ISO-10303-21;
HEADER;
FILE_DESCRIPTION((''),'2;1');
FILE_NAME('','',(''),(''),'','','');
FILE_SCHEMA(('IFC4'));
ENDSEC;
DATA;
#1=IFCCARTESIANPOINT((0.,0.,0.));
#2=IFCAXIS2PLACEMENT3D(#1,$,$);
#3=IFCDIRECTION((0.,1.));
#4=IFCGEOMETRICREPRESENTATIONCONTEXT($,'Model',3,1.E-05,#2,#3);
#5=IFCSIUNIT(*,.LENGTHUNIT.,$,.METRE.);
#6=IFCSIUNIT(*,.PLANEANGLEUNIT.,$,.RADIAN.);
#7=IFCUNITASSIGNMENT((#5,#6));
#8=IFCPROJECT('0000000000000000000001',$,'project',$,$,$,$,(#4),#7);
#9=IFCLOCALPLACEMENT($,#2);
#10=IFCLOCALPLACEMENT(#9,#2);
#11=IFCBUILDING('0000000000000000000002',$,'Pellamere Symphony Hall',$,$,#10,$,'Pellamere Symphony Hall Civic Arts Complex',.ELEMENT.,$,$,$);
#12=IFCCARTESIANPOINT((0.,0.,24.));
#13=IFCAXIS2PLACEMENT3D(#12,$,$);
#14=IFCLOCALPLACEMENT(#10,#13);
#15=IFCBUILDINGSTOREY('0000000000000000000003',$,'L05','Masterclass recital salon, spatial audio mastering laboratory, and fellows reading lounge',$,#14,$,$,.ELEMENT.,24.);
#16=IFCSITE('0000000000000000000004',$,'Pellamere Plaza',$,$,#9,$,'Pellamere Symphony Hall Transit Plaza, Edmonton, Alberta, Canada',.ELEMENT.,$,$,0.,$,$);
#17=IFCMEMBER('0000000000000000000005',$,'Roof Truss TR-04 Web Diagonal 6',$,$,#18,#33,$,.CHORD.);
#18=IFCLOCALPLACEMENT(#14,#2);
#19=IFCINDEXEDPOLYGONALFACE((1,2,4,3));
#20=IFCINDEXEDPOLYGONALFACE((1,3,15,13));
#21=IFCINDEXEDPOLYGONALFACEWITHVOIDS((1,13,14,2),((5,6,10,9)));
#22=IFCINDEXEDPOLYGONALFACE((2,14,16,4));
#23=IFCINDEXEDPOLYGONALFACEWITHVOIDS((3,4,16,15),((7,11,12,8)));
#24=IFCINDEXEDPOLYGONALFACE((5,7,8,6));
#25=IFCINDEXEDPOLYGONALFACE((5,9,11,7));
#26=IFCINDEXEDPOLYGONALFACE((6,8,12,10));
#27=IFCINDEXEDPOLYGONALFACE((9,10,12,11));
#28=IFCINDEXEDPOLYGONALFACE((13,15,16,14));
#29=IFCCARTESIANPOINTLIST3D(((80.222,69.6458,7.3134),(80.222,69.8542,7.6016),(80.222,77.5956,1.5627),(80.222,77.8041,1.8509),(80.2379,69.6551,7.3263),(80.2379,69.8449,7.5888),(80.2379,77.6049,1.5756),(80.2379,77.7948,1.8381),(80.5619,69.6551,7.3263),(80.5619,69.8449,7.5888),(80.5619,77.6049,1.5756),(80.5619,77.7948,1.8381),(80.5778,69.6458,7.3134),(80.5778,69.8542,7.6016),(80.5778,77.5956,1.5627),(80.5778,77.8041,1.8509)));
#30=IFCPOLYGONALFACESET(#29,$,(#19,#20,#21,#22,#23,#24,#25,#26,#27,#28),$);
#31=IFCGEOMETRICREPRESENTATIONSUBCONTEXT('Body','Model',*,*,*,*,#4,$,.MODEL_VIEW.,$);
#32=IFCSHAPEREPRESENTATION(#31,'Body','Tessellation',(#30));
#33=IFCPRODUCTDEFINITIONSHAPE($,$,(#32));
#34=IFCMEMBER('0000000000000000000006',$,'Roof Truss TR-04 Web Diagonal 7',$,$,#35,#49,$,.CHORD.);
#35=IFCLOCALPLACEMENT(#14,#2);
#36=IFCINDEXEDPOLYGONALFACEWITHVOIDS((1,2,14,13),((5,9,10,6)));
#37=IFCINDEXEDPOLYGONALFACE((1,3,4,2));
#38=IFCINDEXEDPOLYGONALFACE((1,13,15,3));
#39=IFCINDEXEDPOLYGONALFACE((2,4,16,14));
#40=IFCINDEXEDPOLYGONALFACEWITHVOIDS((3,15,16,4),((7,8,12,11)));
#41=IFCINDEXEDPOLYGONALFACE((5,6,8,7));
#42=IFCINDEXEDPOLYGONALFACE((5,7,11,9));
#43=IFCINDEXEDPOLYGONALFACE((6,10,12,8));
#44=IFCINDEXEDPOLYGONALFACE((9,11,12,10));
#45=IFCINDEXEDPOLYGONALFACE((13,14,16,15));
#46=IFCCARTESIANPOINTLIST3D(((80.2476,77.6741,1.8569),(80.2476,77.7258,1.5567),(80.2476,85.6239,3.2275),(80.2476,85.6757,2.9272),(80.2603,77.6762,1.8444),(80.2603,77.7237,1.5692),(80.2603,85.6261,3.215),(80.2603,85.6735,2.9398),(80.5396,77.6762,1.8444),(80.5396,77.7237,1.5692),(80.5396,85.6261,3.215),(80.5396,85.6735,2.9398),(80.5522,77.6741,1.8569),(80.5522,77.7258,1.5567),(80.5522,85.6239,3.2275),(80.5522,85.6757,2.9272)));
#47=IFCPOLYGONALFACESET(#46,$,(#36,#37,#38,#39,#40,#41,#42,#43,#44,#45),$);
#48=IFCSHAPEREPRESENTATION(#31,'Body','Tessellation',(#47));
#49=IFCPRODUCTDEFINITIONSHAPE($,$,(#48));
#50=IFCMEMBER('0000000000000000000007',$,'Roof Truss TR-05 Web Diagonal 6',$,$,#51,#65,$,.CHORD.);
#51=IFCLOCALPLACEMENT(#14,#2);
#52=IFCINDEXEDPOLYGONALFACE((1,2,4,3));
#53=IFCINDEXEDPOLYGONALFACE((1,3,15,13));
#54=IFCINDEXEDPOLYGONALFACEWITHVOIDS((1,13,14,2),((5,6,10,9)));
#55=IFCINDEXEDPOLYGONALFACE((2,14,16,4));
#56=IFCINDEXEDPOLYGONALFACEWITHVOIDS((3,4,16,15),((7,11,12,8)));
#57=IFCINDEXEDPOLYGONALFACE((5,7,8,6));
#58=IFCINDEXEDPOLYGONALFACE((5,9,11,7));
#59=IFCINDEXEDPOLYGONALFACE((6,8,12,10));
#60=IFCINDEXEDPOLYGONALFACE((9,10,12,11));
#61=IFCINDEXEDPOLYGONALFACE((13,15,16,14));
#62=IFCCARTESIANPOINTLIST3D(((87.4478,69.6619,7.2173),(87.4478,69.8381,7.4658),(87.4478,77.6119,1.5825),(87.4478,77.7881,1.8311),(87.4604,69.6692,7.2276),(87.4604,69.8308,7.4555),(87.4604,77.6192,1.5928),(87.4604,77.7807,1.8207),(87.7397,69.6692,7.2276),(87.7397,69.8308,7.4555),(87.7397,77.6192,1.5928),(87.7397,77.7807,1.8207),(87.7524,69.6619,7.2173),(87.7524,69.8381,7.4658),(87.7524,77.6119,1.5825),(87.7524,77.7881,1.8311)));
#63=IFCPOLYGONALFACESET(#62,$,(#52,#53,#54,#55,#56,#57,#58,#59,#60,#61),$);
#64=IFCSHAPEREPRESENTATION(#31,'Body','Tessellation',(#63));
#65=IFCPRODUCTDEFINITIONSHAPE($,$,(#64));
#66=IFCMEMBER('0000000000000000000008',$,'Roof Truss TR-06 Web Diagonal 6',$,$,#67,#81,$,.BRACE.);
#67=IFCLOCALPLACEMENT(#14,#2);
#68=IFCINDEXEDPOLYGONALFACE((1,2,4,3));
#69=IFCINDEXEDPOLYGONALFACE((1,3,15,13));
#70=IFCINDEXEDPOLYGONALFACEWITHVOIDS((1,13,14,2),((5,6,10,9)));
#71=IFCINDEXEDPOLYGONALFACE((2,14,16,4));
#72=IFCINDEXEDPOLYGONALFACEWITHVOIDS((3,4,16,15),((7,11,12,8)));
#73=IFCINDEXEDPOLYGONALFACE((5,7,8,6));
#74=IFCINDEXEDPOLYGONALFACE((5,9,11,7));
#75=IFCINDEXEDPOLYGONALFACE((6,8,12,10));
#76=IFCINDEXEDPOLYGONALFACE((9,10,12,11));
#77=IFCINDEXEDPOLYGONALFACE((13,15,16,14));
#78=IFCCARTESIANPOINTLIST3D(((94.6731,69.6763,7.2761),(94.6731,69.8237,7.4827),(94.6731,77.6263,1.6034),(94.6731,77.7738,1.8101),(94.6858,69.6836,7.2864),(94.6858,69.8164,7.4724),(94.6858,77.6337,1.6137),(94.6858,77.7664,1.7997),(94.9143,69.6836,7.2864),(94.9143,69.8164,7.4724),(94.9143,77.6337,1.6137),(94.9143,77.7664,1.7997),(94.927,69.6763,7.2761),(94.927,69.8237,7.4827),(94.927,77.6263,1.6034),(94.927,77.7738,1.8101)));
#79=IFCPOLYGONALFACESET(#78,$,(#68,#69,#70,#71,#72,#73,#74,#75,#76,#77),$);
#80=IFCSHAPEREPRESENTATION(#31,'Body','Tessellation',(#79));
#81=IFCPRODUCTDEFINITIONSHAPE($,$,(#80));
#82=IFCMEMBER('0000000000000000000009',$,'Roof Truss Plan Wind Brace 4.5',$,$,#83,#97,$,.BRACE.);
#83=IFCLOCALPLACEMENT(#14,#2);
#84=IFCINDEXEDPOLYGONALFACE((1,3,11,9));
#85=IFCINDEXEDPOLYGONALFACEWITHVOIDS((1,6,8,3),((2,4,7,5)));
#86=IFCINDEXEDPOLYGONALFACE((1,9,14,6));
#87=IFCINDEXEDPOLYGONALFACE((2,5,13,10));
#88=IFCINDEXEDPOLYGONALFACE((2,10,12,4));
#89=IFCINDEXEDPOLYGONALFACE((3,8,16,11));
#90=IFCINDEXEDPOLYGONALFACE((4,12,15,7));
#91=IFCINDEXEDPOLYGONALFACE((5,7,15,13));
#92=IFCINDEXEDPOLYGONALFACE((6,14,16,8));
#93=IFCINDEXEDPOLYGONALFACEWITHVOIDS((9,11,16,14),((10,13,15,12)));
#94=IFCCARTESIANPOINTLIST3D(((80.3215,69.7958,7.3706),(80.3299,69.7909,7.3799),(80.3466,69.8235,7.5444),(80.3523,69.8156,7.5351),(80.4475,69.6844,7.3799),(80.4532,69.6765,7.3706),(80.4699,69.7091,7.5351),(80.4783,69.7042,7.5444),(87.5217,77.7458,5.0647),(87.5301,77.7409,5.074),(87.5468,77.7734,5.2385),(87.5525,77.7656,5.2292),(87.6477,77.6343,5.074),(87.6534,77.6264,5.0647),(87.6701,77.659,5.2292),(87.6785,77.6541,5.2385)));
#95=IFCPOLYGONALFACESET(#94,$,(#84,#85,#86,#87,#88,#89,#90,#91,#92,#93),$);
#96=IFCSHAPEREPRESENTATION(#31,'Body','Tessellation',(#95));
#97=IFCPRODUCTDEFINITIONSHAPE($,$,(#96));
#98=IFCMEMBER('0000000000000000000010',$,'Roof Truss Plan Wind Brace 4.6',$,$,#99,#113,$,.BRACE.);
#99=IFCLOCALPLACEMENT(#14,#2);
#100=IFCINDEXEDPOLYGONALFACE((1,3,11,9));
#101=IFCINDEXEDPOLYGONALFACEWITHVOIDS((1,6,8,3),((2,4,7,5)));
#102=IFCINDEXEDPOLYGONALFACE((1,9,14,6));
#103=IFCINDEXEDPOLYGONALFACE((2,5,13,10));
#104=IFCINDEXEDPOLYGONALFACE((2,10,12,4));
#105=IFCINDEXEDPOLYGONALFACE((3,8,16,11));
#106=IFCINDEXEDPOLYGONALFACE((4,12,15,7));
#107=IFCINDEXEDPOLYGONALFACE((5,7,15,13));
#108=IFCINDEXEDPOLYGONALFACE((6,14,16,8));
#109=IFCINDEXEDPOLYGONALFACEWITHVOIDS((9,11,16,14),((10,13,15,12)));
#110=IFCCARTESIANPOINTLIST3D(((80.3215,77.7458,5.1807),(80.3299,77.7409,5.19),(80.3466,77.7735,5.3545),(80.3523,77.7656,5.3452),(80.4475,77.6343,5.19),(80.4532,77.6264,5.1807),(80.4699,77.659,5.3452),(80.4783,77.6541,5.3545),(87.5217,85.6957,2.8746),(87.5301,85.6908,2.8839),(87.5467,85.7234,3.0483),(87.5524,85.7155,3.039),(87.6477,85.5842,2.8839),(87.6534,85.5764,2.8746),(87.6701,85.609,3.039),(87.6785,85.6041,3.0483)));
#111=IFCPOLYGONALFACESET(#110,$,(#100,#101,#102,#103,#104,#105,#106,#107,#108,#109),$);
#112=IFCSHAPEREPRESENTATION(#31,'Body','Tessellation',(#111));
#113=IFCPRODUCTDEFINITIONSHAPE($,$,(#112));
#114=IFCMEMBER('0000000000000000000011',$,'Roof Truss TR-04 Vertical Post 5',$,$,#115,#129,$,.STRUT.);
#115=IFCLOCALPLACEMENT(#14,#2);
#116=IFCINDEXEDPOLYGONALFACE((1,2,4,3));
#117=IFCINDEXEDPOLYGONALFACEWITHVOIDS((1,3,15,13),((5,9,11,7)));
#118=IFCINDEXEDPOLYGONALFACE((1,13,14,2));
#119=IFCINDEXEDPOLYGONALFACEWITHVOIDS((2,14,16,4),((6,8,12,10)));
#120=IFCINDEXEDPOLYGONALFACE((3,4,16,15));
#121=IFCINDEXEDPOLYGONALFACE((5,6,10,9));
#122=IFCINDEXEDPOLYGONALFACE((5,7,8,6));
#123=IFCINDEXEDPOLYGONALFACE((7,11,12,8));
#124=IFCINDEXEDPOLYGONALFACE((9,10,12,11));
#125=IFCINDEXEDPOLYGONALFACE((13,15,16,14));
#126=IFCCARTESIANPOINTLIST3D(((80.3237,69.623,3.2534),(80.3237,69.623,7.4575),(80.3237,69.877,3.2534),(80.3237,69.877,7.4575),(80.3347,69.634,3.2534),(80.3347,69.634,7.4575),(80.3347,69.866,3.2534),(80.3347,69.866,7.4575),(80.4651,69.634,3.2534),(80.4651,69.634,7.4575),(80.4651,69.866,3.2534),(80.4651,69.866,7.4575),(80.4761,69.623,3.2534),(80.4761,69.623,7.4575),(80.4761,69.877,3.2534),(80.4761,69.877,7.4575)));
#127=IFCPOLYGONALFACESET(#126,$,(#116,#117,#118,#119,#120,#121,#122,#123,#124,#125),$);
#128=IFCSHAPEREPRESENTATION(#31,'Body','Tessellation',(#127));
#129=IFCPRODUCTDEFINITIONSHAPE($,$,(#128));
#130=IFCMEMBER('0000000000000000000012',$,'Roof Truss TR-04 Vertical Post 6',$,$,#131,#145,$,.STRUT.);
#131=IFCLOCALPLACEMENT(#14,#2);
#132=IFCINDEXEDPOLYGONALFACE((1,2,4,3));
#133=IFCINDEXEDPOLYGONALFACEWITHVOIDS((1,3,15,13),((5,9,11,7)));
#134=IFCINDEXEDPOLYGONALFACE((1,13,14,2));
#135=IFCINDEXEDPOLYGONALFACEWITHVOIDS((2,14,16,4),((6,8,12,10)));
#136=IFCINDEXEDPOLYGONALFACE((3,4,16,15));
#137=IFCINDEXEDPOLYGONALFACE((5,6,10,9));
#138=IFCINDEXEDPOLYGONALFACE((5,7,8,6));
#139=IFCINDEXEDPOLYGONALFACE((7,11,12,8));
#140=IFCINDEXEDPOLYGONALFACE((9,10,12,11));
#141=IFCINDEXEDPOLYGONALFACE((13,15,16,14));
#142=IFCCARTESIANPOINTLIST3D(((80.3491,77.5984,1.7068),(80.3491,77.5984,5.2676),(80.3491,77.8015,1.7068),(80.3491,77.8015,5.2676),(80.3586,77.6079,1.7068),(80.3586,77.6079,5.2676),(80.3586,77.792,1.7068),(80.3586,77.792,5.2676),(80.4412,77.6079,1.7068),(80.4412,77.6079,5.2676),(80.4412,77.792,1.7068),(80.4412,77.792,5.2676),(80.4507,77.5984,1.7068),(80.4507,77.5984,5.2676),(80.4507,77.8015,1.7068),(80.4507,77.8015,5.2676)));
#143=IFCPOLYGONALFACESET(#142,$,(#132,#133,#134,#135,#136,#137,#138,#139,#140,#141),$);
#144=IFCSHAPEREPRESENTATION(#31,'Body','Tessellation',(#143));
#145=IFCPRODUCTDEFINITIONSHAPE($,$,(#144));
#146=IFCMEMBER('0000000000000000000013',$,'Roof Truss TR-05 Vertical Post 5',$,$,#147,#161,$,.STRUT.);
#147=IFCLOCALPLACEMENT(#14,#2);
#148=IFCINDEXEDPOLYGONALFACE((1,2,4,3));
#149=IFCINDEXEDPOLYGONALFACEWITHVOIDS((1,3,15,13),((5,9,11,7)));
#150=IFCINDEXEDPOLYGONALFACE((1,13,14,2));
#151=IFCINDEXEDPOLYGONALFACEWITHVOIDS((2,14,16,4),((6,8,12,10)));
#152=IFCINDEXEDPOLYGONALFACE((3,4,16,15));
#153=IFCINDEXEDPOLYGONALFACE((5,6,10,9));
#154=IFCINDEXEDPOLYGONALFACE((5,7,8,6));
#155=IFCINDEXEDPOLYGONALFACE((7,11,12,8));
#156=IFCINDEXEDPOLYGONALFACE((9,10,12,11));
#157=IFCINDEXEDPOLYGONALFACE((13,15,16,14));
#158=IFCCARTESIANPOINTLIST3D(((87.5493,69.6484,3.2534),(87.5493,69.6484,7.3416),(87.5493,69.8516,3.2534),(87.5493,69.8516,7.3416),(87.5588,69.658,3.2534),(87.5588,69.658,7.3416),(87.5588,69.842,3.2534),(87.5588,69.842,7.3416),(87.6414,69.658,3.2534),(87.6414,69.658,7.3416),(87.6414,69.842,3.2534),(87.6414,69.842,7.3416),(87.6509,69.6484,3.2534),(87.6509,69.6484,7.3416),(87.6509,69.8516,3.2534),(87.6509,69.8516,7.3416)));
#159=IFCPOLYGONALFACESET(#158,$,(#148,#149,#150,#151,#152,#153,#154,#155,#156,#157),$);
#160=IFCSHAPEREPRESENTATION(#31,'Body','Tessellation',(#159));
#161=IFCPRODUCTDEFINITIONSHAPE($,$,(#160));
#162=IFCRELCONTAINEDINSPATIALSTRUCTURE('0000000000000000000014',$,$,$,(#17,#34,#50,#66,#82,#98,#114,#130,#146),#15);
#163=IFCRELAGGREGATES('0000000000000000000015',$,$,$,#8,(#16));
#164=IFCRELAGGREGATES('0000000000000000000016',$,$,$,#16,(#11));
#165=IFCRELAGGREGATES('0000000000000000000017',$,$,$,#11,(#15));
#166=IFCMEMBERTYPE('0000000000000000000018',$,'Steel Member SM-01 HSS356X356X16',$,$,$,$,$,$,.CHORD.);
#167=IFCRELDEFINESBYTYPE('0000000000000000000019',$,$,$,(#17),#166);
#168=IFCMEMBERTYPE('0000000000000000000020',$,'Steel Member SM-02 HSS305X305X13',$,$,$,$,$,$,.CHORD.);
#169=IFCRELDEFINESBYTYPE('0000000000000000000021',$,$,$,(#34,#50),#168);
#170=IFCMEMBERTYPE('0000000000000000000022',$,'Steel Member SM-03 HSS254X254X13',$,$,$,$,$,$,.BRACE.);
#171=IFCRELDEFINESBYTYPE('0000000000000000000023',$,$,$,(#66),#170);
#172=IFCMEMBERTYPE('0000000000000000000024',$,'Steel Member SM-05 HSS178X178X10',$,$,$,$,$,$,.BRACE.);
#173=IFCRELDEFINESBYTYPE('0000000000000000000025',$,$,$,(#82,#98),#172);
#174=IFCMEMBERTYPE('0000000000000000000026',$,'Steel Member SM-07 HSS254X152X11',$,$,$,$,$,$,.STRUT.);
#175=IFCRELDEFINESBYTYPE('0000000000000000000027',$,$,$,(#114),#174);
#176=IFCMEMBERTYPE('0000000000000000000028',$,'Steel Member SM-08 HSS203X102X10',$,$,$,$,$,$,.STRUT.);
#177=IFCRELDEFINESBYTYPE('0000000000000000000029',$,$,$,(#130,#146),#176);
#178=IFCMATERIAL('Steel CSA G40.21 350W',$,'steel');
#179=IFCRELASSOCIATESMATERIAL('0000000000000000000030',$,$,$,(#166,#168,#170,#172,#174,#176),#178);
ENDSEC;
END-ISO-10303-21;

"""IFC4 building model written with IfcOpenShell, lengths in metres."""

from ifc_helpers import new_model, si_unit, direction, frame, origin, origin_2d, place, context, subcontext, project, spatial, hollow_rectangle, extrude, material, material_profile, profile_set, type_object, element, save


model = new_model("IFC4")

# Units and contexts
model_context = context("Model", 3, precision=1e-05, world=origin(), true_north=direction((0.0, 1.0)))
body_context = subcontext(model_context, "Body", "Model", "MODEL_VIEW")
ifc_project = project(units=[si_unit("LENGTHUNIT", "METRE"), si_unit("PLANEANGLEUNIT", "RADIAN")], contexts=[model_context])

# Site, building, storey
site_placement = place(None, origin())
site = spatial("IfcSite", under=ifc_project, at=site_placement, Name="Pellamere Plaza", LongName="Pellamere Symphony Hall Transit Plaza, Edmonton, Alberta, Canada", CompositionType="ELEMENT", RefElevation=0.0)
building_placement = place(site_placement, origin())
building = spatial("IfcBuilding", under=site, at=building_placement, Name="Pellamere Symphony Hall", LongName="Pellamere Symphony Hall Civic Arts Complex", CompositionType="ELEMENT")
storey_placement = place(building_placement, frame((0.0, 0.0, 24.0)))
storey = spatial("IfcBuildingStorey", under=building, at=storey_placement, Name="L05", Description="Masterclass recital salon, spatial audio mastering laboratory, and fellows reading lounge", CompositionType="ELEMENT", Elevation=24.0)

# Shared definitions
ifc_material_1 = material(Name="Steel CSA G40.21 350W", Category="steel")

# Members
ifc_material_profile_1 = material_profile(ifc_material_1, hollow_rectangle(XDim=0.3557, YDim=0.3557, WallThickness=0.0159, at=origin_2d()), Name="HSS356X356X16")
ifc_profile_set_1 = profile_set([ifc_material_profile_1], Name="Steel CSA G40.21 350W")
member_type_1 = type_object("IfcMemberType", Name="Steel Member SM-01 HSS356X356X16", PredefinedType="CHORD", material=ifc_profile_set_1)
member_1_placement = place(storey_placement, frame((80.3999, 69.75, 7.4575), z_axis=(0.0, 0.810239, -0.5861), x_axis=(-1.0, 0.0, 0.0)))
element("IfcMember", 1, at=member_1_placement, inside=storey, type_object=member_type_1, Name="Roof Truss TR-04 Web Diagonal 6", PredefinedType="CHORD", context=body_context, shape_type="SweptSolid", body=[
    extrude(hollow_rectangle(XDim=0.3557, YDim=0.3557, WallThickness=0.0159, at=origin_2d()), origin(), (0.0, 0.0, 1.0), 9.8118),
])
ifc_material_profile_2 = material_profile(ifc_material_1, hollow_rectangle(XDim=0.3047, YDim=0.3047, WallThickness=0.0127, at=origin_2d()), Name="HSS305X305X13")
ifc_profile_set_2 = profile_set([ifc_material_profile_2], Name="Steel CSA G40.21 350W")
member_type_2 = type_object("IfcMemberType", Name="Steel Member SM-02 HSS305X305X13", PredefinedType="CHORD", material=ifc_profile_set_2)
member_2_placement = place(storey_placement, frame((80.3999, 77.7, 1.7068), z_axis=(0.0, 0.985462, 0.169898), x_axis=(-1.0, 0.0, 0.0)))
element("IfcMember", 2, at=member_2_placement, inside=storey, type_object=member_type_2, Name="Roof Truss TR-04 Web Diagonal 7", PredefinedType="CHORD", context=body_context, shape_type="SweptSolid", body=[
    extrude(hollow_rectangle(XDim=0.3047, YDim=0.3047, WallThickness=0.0127, at=origin_2d()), origin(), (0.0, 0.0, 1.0), 8.0671),
])
member_3_placement = place(storey_placement, frame((87.6001, 69.75, 7.3416), z_axis=(0.0, 0.815853, -0.57826), x_axis=(-1.0, 0.0, 0.0)))
element("IfcMember", 3, at=member_3_placement, inside=storey, type_object=member_type_2, Name="Roof Truss TR-05 Web Diagonal 6", PredefinedType="CHORD", context=body_context, shape_type="SweptSolid", body=[
    extrude(hollow_rectangle(XDim=0.3047, YDim=0.3047, WallThickness=0.0127, at=origin_2d()), origin(), (0.0, 0.0, 1.0), 9.7444),
])
ifc_material_profile_3 = material_profile(ifc_material_1, hollow_rectangle(XDim=0.2539, YDim=0.2539, WallThickness=0.0127, at=origin_2d()), Name="HSS254X254X13")
ifc_profile_set_3 = profile_set([ifc_material_profile_3], Name="Steel CSA G40.21 350W")
member_type_3 = type_object("IfcMemberType", Name="Steel Member SM-03 HSS254X254X13", PredefinedType="BRACE", material=ifc_profile_set_3)
member_4_placement = place(storey_placement, frame((94.8, 69.75, 7.3794), z_axis=(0.0, 0.814021, -0.580836), x_axis=(-1.0, 0.0, 0.0)))
element("IfcMember", 4, at=member_4_placement, inside=storey, type_object=member_type_3, Name="Roof Truss TR-06 Web Diagonal 6", PredefinedType="BRACE", context=body_context, shape_type="SweptSolid", body=[
    extrude(hollow_rectangle(XDim=0.2539, YDim=0.2539, WallThickness=0.0127, at=origin_2d()), origin(), (0.0, 0.0, 1.0), 9.7664),
])
ifc_material_profile_4 = material_profile(ifc_material_1, hollow_rectangle(XDim=0.1777, YDim=0.1777, WallThickness=0.0095, at=origin_2d()), Name="HSS178X178X10")
ifc_profile_set_4 = profile_set([ifc_material_profile_4], Name="Steel CSA G40.21 350W")
member_type_4 = type_object("IfcMemberType", Name="Steel Member SM-05 HSS178X178X10", PredefinedType="BRACE", material=ifc_profile_set_4)
for number, where, z_axis, x_axis, name in (
    (5, (80.3999, 69.75, 7.4575), (0.656296, 0.724637, -0.210183), (-0.741193, 0.671292, 0.0), "Roof Truss Plan Wind Brace 4.5"),
    (6, (80.3999, 77.7, 5.2676), (0.656293, 0.724633, -0.210204), (-0.741193, 0.671292, 0.0), "Roof Truss Plan Wind Brace 4.6"),
):
    element("IfcMember", number, at=place(storey_placement, frame(where, z_axis=z_axis, x_axis=x_axis)), inside=storey, type_object=member_type_4, Name=name, PredefinedType="BRACE", context=body_context, shape_type="SweptSolid", body=[
        extrude(hollow_rectangle(XDim=0.1777, YDim=0.1777, WallThickness=0.0095, at=origin_2d()), origin(), (0.0, 0.0, 1.0), 10.9709),
    ])
ifc_material_profile_5 = material_profile(ifc_material_1, hollow_rectangle(XDim=0.1523, YDim=0.2539, WallThickness=0.011, at=origin_2d()), Name="HSS254X152X11")
ifc_profile_set_5 = profile_set([ifc_material_profile_5], Name="Steel CSA G40.21 350W")
member_type_5 = type_object("IfcMemberType", Name="Steel Member SM-07 HSS254X152X11", PredefinedType="STRUT", material=ifc_profile_set_5)
member_5_placement = place(storey_placement, frame((80.3999, 69.75, 3.2534), z_axis=(0.0, 0.0, 1.0), x_axis=(1.0, 0.0, 0.0)))
element("IfcMember", 7, at=member_5_placement, inside=storey, type_object=member_type_5, Name="Roof Truss TR-04 Vertical Post 5", PredefinedType="STRUT", context=body_context, shape_type="SweptSolid", body=[
    extrude(hollow_rectangle(XDim=0.1523, YDim=0.2539, WallThickness=0.011, at=origin_2d()), origin(), (0.0, 0.0, 1.0), 4.2041),
])
ifc_material_profile_6 = material_profile(ifc_material_1, hollow_rectangle(XDim=0.1016, YDim=0.2031, WallThickness=0.0095, at=origin_2d()), Name="HSS203X102X10")
ifc_profile_set_6 = profile_set([ifc_material_profile_6], Name="Steel CSA G40.21 350W")
member_type_6 = type_object("IfcMemberType", Name="Steel Member SM-08 HSS203X102X10", PredefinedType="STRUT", material=ifc_profile_set_6)
member_6_placement = place(storey_placement, frame((80.3999, 77.7, 1.7068), z_axis=(0.0, 0.0, 1.0), x_axis=(1.0, 0.0, 0.0)))
element("IfcMember", 8, at=member_6_placement, inside=storey, type_object=member_type_6, Name="Roof Truss TR-04 Vertical Post 6", PredefinedType="STRUT", context=body_context, shape_type="SweptSolid", body=[
    extrude(hollow_rectangle(XDim=0.1016, YDim=0.2031, WallThickness=0.0095, at=origin_2d()), origin(), (0.0, 0.0, 1.0), 3.5608),
])
member_7_placement = place(storey_placement, frame((87.6001, 69.75, 3.2534), z_axis=(0.0, 0.0, 1.0), x_axis=(1.0, 0.0, 0.0)))
element("IfcMember", 9, at=member_7_placement, inside=storey, type_object=member_type_6, Name="Roof Truss TR-05 Vertical Post 5", PredefinedType="STRUT", context=body_context, shape_type="SweptSolid", body=[
    extrude(hollow_rectangle(XDim=0.1016, YDim=0.2031, WallThickness=0.0095, at=origin_2d()), origin(), (0.0, 0.0, 1.0), 4.0881),
])

save(model, "model.ifc")
